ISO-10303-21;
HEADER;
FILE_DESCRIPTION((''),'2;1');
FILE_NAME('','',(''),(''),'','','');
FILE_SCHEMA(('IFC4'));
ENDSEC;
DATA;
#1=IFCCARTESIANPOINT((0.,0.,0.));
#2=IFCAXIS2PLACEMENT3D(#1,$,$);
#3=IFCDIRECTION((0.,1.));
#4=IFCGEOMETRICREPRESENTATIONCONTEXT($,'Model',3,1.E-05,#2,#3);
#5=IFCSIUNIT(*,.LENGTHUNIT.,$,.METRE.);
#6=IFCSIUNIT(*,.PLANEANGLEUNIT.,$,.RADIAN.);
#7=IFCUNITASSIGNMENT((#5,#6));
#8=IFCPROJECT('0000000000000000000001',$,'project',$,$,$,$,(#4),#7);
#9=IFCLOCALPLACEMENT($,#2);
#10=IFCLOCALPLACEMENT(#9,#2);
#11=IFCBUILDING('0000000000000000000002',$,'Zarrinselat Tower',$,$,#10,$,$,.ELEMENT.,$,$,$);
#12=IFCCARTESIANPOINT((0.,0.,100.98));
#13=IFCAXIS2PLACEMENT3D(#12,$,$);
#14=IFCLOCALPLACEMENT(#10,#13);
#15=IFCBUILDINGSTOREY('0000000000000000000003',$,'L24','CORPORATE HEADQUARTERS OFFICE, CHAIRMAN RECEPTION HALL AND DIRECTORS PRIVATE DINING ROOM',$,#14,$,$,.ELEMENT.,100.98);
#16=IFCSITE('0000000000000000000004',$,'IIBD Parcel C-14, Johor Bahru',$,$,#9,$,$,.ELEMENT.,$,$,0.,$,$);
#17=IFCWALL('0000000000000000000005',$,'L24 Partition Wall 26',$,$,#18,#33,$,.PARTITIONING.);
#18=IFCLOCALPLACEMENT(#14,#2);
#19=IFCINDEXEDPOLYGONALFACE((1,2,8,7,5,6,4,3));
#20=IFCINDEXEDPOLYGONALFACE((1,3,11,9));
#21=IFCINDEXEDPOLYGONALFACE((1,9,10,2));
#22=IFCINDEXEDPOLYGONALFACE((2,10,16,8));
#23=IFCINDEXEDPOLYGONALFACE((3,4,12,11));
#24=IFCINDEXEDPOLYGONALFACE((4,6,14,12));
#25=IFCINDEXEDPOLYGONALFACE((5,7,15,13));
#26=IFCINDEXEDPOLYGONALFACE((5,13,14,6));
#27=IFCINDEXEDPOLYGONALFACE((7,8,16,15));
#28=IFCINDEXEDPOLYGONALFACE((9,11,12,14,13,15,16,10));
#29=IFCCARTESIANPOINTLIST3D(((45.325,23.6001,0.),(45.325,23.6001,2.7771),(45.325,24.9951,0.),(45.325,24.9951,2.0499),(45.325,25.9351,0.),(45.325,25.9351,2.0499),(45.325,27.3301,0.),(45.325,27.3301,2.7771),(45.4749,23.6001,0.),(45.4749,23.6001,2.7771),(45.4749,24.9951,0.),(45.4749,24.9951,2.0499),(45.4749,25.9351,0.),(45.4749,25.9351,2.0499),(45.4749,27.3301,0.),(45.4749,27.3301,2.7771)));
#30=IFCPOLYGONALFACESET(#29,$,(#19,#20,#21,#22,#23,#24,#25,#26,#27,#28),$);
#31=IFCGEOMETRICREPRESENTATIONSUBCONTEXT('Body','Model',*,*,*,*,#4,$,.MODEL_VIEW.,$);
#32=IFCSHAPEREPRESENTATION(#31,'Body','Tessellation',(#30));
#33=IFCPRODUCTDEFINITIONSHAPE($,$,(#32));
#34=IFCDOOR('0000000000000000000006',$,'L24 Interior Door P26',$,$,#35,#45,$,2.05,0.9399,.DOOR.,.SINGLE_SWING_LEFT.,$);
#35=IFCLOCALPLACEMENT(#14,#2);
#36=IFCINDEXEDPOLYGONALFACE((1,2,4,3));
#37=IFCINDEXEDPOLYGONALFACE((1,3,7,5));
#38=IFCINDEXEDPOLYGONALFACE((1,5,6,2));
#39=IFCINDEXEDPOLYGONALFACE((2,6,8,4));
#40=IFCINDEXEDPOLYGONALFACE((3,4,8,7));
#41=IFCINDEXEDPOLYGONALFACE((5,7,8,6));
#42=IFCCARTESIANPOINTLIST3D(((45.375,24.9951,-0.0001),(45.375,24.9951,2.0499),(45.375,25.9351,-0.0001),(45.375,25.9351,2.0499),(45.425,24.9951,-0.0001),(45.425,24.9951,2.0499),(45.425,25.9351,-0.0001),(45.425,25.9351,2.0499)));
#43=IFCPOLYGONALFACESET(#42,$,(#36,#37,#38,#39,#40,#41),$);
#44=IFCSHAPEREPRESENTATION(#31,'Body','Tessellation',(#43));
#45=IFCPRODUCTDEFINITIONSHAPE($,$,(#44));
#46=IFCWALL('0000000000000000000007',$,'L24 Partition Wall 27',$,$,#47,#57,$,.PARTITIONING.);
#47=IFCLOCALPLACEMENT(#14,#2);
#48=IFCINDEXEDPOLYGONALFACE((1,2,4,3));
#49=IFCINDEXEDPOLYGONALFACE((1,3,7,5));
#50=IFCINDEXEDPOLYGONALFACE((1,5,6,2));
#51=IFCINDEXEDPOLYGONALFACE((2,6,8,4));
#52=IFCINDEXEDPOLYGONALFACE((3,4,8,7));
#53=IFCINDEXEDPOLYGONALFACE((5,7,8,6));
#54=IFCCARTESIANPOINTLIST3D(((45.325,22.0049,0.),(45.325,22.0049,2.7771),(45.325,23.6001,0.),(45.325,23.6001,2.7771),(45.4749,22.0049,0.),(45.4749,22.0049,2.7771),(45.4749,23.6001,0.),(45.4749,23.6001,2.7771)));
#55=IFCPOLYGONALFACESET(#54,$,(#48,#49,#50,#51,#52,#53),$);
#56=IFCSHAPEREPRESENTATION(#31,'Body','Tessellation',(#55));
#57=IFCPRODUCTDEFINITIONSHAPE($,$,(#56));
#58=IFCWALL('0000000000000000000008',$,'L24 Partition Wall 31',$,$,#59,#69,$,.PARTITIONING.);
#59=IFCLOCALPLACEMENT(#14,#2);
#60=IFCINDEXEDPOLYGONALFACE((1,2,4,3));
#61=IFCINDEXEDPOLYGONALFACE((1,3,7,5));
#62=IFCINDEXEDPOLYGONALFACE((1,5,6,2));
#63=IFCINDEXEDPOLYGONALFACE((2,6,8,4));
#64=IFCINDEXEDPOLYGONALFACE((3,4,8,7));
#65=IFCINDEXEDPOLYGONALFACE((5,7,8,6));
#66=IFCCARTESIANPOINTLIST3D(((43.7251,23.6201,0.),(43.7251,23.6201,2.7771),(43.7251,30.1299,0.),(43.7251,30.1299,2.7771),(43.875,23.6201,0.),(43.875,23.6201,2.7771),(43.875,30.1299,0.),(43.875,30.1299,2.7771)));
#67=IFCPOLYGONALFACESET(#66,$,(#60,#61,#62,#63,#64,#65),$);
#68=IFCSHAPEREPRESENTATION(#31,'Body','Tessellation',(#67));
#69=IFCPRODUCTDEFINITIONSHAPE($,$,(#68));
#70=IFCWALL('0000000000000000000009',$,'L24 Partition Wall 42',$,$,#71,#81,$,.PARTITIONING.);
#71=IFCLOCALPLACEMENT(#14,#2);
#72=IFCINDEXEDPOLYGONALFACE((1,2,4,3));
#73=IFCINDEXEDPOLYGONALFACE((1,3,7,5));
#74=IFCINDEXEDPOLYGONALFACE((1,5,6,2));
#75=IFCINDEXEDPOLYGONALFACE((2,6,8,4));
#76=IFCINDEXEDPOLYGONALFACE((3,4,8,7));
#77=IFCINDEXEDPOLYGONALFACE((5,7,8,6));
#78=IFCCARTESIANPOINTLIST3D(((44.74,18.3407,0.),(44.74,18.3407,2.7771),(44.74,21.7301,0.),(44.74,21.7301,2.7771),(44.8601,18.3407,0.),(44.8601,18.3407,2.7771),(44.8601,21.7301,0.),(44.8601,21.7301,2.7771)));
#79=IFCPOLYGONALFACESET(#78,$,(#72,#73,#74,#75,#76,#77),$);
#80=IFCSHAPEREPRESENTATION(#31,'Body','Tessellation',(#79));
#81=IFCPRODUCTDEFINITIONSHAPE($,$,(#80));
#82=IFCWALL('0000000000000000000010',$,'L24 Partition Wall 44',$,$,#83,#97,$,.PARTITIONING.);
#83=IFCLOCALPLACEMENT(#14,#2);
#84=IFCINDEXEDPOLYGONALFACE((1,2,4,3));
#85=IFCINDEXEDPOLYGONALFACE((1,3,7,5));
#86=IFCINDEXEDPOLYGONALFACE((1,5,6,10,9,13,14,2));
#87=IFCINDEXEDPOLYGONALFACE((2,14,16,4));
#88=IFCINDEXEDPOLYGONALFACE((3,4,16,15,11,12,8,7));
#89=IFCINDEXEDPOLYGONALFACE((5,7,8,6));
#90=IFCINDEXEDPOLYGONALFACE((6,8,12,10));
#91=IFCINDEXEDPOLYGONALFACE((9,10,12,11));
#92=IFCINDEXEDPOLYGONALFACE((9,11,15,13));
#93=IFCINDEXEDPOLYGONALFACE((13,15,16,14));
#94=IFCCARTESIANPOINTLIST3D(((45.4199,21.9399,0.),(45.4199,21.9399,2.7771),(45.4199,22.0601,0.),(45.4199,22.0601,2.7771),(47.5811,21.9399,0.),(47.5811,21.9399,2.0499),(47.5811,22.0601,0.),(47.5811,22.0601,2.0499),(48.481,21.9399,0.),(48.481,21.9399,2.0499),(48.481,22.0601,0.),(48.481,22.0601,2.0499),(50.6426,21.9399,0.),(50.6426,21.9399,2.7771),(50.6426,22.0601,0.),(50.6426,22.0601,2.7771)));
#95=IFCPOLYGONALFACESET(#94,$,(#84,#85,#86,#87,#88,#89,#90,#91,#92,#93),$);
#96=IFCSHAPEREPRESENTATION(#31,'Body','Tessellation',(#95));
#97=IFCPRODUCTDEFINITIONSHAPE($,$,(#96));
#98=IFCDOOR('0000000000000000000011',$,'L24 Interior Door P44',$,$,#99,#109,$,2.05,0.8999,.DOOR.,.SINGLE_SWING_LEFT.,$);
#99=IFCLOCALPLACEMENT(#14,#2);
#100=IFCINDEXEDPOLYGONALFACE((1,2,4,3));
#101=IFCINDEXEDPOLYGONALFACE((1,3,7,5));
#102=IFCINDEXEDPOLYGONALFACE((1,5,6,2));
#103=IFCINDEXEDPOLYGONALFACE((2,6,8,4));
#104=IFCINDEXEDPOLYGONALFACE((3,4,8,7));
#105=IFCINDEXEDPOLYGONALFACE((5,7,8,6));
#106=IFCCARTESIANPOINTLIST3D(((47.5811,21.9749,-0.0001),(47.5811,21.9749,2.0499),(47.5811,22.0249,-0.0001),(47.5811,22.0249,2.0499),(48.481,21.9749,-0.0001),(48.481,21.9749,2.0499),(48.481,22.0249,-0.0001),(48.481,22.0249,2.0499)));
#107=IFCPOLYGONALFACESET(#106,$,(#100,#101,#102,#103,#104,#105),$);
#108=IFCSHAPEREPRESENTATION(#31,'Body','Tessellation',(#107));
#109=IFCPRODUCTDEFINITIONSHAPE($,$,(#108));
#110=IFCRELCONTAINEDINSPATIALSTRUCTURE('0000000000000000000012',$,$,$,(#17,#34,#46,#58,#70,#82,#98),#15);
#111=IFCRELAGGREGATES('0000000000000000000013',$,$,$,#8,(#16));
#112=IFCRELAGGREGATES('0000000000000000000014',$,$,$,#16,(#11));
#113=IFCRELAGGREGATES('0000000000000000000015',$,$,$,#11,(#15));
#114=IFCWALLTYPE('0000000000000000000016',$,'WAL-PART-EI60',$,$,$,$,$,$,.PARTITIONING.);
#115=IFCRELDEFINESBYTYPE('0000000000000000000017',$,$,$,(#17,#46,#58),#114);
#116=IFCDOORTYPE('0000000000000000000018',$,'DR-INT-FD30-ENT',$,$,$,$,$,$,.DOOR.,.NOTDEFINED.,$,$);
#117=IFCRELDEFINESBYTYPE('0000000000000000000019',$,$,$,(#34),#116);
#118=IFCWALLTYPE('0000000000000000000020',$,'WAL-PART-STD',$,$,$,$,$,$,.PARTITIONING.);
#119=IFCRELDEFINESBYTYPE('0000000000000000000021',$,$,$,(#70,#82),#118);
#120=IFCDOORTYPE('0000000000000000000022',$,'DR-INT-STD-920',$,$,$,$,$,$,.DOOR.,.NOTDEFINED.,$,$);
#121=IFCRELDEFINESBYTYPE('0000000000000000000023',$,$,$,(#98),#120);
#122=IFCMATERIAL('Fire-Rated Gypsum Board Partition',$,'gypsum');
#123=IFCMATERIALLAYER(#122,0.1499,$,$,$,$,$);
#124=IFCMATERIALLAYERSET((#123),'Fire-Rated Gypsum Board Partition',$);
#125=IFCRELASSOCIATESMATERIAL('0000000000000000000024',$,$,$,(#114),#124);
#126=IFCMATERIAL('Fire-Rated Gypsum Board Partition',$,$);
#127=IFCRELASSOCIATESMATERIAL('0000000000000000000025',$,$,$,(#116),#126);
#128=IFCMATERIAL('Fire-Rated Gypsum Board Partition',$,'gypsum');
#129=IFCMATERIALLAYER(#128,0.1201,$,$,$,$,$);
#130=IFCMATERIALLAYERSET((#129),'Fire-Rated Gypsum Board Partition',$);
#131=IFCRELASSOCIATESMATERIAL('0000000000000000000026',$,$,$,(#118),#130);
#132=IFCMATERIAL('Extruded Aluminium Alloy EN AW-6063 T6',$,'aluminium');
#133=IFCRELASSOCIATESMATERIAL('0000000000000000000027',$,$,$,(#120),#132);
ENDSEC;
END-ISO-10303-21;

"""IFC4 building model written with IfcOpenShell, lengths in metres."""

from ifc_helpers import new_model, si_unit, direction, frame, frame_2d, origin, place, context, subcontext, project, spatial, rectangle, extrude, material, layer, layer_set, type_object, element, fill, save


model = new_model("IFC4")

# Units and contexts
model_context = context("Model", 3, precision=1e-05, world=origin(), true_north=direction((0.0, 1.0)))
body_context = subcontext(model_context, "Body", "Model", "MODEL_VIEW")
ifc_project = project(units=[si_unit("LENGTHUNIT", "METRE"), si_unit("PLANEANGLEUNIT", "RADIAN")], contexts=[model_context])

# Site, building, storey
site_placement = place(None, origin())
site = spatial("IfcSite", under=ifc_project, at=site_placement, Name="IIBD Parcel C-14, Johor Bahru", CompositionType="ELEMENT", RefElevation=0.0)
building_placement = place(site_placement, origin())
building = spatial("IfcBuilding", under=site, at=building_placement, Name="Zarrinselat Tower", CompositionType="ELEMENT")
storey_placement = place(building_placement, frame((0.0, 0.0, 100.98)))
storey = spatial("IfcBuildingStorey", under=building, at=storey_placement, Name="L24", Description="CORPORATE HEADQUARTERS OFFICE, CHAIRMAN RECEPTION HALL AND DIRECTORS PRIVATE DINING ROOM", CompositionType="ELEMENT", Elevation=100.98)

# Shared definitions
ifc_material_1 = material(Name="Fire-Rated Gypsum Board Partition", Category="gypsum")
ifc_layer_1 = layer(ifc_material_1, 0.1499)
ifc_layer_set_1 = layer_set([ifc_layer_1], Name="Fire-Rated Gypsum Board Partition")
wall_type_1 = type_object("IfcWallType", Name="WAL-PART-EI60", PredefinedType="PARTITIONING", material=ifc_layer_set_1)

# Wall, opening, door
wall_1_placement = place(storey_placement, frame((45.3999, 23.6001, 0.0), z_axis=(0.0, 0.0, 1.0), x_axis=(0.0, 1.0, 0.0)))
wall_1 = element("IfcWall", 1, at=wall_1_placement, inside=storey, type_object=wall_type_1, Name="L24 Partition Wall 26", PredefinedType="PARTITIONING", context=body_context, shape_type="SweptSolid", body=[
    extrude(rectangle(XDim=3.73, YDim=0.1499, at=frame_2d((1.865, 0.0))), origin(), (0.0, 0.0, 1.0), 2.7771),
])
opening_1_placement = place(wall_1_placement, frame((1.395, 0.0, 0.0)))
opening_1 = element("IfcOpeningElement", 2, at=opening_1_placement, cuts=wall_1, PredefinedType="OPENING", context=body_context, shape_type="SweptSolid", body=[
    extrude(rectangle(XDim=0.9399, YDim=2.05, at=frame_2d((0.47, 1.0249))), frame((0.0, 0.085, 0.0), z_axis=(0.0, -1.0, 0.0), x_axis=(1.0, 0.0, 0.0)), (0.0, 0.0, 1.0), 0.1699),
])
ifc_material_2 = material(Name="Fire-Rated Gypsum Board Partition")
door_type_1 = type_object("IfcDoorType", Name="DR-INT-FD30-ENT", OperationType="NOTDEFINED", PredefinedType="DOOR", material=ifc_material_2)
door_1_placement = place(opening_1_placement, origin())
door_1 = element("IfcDoor", 3, at=door_1_placement, inside=storey, type_object=door_type_1, Name="L24 Interior Door P26", OperationType="SINGLE_SWING_LEFT", OverallHeight=2.05, OverallWidth=0.9399, PredefinedType="DOOR", context=body_context, shape_type="SweptSolid", body=[
    extrude(rectangle(XDim=0.9399, YDim=2.05, at=frame_2d((0.47, 1.0249))), frame((0.0, 0.0249, 0.0), z_axis=(0.0, -1.0, 0.0), x_axis=(1.0, 0.0, 0.0)), (0.0, 0.0, 1.0), 0.05),
])
fill(opening_1, door_1)

# Walls
wall_2_placement = place(storey_placement, frame((45.3999, 22.0049, 0.0), z_axis=(0.0, 0.0, 1.0), x_axis=(0.0, 1.0, 0.0)))
element("IfcWall", 4, at=wall_2_placement, inside=storey, type_object=wall_type_1, Name="L24 Partition Wall 27", PredefinedType="PARTITIONING", context=body_context, shape_type="SweptSolid", body=[
    extrude(rectangle(XDim=1.5952, YDim=0.1499, at=frame_2d((0.7976, 0.0))), origin(), (0.0, 0.0, 1.0), 2.7771),
])
wall_3_placement = place(storey_placement, frame((43.8, 23.6201, 0.0), z_axis=(0.0, 0.0, 1.0), x_axis=(0.0, 1.0, 0.0)))
element("IfcWall", 5, at=wall_3_placement, inside=storey, type_object=wall_type_1, Name="L24 Partition Wall 31", PredefinedType="PARTITIONING", context=body_context, shape_type="SweptSolid", body=[
    extrude(rectangle(XDim=6.5098, YDim=0.1499, at=frame_2d((3.2549, 0.0))), origin(), (0.0, 0.0, 1.0), 2.7771),
])
ifc_material_3 = material(Name="Fire-Rated Gypsum Board Partition", Category="gypsum")
ifc_layer_2 = layer(ifc_material_3, 0.1201)
ifc_layer_set_2 = layer_set([ifc_layer_2], Name="Fire-Rated Gypsum Board Partition")
wall_type_2 = type_object("IfcWallType", Name="WAL-PART-STD", PredefinedType="PARTITIONING", material=ifc_layer_set_2)
wall_4_placement = place(storey_placement, frame((44.8, 18.3406, 0.0), z_axis=(0.0, 0.0, 1.0), x_axis=(0.0, 1.0, 0.0)))
element("IfcWall", 6, at=wall_4_placement, inside=storey, type_object=wall_type_2, Name="L24 Partition Wall 42", PredefinedType="PARTITIONING", context=body_context, shape_type="SweptSolid", body=[
    extrude(rectangle(XDim=3.3894, YDim=0.1201, at=frame_2d((1.6948, 0.0))), origin(), (0.0, 0.0, 1.0), 2.7771),
])

# Wall, opening, door
wall_5_placement = place(storey_placement, frame((45.4199, 22.0, 0.0), z_axis=(0.0, 0.0, 1.0), x_axis=(1.0, 0.0, 0.0)))
wall_5 = element("IfcWall", 7, at=wall_5_placement, inside=storey, type_object=wall_type_2, Name="L24 Partition Wall 44", PredefinedType="PARTITIONING", context=body_context, shape_type="SweptSolid", body=[
    extrude(rectangle(XDim=5.2227, YDim=0.1201, at=frame_2d((2.6113, 0.0))), origin(), (0.0, 0.0, 1.0), 2.7771),
])
opening_2_placement = place(wall_5_placement, frame((2.1611, 0.0, 0.0)))
opening_2 = element("IfcOpeningElement", 8, at=opening_2_placement, cuts=wall_5, PredefinedType="OPENING", context=body_context, shape_type="SweptSolid", body=[
    extrude(rectangle(XDim=0.8999, YDim=2.05, at=frame_2d((0.45, 1.0249))), frame((0.0, 0.0701, 0.0), z_axis=(0.0, -1.0, 0.0), x_axis=(1.0, 0.0, 0.0)), (0.0, 0.0, 1.0), 0.1401),
])
ifc_material_4 = material(Name="Extruded Aluminium Alloy EN AW-6063 T6", Category="aluminium")
door_type_2 = type_object("IfcDoorType", Name="DR-INT-STD-920", OperationType="NOTDEFINED", PredefinedType="DOOR", material=ifc_material_4)
door_2_placement = place(opening_2_placement, origin())
door_2 = element("IfcDoor", 9, at=door_2_placement, inside=storey, type_object=door_type_2, Name="L24 Interior Door P44", OperationType="SINGLE_SWING_LEFT", OverallHeight=2.05, OverallWidth=0.8999, PredefinedType="DOOR", context=body_context, shape_type="SweptSolid", body=[
    extrude(rectangle(XDim=0.8999, YDim=2.05, at=frame_2d((0.45, 1.0249))), frame((0.0, 0.0249, 0.0), z_axis=(0.0, -1.0, 0.0), x_axis=(1.0, 0.0, 0.0)), (0.0, 0.0, 1.0), 0.05),
])
fill(opening_2, door_2)

save(model, "model.ifc")
